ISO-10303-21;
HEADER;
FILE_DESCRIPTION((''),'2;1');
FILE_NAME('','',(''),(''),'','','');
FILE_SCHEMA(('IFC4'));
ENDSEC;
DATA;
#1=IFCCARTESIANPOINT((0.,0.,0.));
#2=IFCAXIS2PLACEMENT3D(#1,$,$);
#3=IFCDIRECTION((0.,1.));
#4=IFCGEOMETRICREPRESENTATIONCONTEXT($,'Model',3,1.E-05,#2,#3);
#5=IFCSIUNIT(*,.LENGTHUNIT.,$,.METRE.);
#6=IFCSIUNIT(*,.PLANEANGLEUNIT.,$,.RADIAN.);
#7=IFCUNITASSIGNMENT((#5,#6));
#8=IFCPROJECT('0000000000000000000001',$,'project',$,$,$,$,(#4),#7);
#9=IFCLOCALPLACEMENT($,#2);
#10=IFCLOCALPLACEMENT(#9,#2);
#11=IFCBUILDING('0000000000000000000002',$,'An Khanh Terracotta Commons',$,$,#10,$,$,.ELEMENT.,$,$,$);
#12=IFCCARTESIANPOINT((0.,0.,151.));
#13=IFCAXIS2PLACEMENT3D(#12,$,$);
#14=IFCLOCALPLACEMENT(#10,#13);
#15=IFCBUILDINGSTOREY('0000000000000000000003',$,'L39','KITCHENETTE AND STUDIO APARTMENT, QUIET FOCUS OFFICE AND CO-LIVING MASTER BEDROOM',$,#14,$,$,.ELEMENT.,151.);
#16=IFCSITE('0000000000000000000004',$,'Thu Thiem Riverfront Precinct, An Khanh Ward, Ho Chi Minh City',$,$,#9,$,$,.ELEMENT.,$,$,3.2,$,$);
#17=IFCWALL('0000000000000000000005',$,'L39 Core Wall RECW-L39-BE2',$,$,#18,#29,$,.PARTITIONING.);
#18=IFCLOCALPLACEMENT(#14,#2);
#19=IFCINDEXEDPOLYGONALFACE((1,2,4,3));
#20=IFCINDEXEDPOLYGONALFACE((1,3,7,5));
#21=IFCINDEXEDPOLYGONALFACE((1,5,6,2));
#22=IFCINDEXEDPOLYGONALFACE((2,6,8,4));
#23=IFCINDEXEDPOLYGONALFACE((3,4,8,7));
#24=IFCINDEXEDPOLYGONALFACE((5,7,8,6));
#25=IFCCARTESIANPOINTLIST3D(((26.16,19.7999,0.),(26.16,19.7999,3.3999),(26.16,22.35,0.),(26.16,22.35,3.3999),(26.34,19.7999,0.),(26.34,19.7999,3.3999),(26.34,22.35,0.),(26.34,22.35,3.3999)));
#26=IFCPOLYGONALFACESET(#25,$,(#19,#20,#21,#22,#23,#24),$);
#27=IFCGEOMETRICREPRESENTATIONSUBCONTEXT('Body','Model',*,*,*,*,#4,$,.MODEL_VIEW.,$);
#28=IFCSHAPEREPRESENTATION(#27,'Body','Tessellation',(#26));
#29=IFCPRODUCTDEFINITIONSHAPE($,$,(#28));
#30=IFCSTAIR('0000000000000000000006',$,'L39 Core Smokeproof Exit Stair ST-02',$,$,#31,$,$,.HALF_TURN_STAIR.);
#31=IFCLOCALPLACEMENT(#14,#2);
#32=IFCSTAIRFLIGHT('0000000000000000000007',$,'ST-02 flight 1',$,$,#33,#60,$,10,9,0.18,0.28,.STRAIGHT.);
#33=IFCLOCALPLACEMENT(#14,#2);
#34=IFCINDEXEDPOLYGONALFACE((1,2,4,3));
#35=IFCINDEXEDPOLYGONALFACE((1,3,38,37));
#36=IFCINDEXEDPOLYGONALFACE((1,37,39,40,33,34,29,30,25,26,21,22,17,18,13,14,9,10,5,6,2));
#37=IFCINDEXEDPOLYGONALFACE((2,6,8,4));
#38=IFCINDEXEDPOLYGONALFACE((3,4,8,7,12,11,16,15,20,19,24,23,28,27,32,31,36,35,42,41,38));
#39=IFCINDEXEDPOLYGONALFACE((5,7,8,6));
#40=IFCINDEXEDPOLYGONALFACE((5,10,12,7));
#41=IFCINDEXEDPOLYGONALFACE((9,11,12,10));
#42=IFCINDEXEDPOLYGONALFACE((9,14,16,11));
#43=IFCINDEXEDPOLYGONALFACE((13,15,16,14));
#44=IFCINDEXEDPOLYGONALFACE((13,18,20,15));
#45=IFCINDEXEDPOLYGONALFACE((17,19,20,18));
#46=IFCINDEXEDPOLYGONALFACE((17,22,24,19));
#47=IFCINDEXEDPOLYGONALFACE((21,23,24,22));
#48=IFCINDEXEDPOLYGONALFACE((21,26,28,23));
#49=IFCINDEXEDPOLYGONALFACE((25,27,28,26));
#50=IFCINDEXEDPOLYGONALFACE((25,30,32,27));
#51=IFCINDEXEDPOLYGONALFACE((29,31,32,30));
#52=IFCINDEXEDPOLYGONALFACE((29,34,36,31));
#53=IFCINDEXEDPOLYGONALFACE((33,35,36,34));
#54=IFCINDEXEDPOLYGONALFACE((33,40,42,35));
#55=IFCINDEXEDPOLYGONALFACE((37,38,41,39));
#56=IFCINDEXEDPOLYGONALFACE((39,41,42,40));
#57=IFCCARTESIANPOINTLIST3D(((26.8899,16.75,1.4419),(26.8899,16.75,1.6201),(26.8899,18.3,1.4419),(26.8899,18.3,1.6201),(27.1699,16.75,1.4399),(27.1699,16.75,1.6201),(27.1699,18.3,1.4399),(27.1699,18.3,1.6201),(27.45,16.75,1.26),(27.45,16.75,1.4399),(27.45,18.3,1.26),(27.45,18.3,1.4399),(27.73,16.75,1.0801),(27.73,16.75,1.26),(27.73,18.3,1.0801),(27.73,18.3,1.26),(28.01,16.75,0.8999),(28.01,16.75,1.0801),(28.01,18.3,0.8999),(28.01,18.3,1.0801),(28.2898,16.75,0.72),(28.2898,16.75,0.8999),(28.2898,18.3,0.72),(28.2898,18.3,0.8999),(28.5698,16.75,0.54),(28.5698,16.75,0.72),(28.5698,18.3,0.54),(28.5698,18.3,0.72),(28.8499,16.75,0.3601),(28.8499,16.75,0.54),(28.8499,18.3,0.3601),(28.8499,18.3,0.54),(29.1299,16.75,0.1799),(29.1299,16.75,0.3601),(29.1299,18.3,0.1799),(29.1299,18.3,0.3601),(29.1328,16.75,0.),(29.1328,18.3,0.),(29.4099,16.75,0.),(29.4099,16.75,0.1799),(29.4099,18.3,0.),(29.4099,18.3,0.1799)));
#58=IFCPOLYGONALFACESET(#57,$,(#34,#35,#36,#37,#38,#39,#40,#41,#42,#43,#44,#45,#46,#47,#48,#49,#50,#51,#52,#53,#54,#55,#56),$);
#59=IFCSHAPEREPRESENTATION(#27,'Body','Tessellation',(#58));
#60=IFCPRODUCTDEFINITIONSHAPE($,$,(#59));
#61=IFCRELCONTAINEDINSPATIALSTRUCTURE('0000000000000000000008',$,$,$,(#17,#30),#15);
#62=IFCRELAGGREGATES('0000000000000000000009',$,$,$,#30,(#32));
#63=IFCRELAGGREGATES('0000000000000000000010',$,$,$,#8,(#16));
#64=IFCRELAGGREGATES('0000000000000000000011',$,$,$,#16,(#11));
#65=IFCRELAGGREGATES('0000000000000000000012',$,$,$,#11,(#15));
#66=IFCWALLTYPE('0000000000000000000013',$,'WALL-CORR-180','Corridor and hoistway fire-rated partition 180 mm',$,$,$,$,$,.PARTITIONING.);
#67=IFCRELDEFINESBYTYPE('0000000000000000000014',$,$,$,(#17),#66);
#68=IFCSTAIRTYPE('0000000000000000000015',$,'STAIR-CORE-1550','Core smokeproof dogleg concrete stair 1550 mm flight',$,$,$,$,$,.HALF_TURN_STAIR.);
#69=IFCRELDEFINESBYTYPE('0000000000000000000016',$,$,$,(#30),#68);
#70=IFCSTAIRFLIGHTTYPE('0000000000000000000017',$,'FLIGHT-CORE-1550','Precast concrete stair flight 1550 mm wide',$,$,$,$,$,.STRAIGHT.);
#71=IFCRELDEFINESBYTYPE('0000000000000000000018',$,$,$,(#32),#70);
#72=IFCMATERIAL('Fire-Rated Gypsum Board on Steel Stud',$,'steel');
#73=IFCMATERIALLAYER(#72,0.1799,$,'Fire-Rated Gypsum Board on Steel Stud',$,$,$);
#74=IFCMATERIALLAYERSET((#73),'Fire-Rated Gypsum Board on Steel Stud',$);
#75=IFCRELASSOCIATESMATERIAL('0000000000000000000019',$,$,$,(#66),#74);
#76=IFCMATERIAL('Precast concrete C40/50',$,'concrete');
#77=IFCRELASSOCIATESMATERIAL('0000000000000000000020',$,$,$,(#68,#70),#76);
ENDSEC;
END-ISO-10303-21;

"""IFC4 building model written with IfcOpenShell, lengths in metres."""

from ifc_helpers import new_model, si_unit, direction, frame, frame_2d, origin, place, context, subcontext, project, spatial, polyline, rectangle, outline, extrude, material, layer, layer_set, type_object, element, aggregate, save


model = new_model("IFC4")

# Units and contexts
model_context = context("Model", 3, precision=1e-05, world=origin(), true_north=direction((0.0, 1.0)))
body_context = subcontext(model_context, "Body", "Model", "MODEL_VIEW")
ifc_project = project(units=[si_unit("LENGTHUNIT", "METRE"), si_unit("PLANEANGLEUNIT", "RADIAN")], contexts=[model_context])

# Site, building, storey
site_placement = place(None, origin())
site = spatial("IfcSite", under=ifc_project, at=site_placement, Name="Thu Thiem Riverfront Precinct, An Khanh Ward, Ho Chi Minh City", CompositionType="ELEMENT", RefElevation=3.2)
building_placement = place(site_placement, origin())
building = spatial("IfcBuilding", under=site, at=building_placement, Name="An Khanh Terracotta Commons", CompositionType="ELEMENT")
storey_placement = place(building_placement, frame((0.0, 0.0, 151.0)))
storey = spatial("IfcBuildingStorey", under=building, at=storey_placement, Name="L39", Description="KITCHENETTE AND STUDIO APARTMENT, QUIET FOCUS OFFICE AND CO-LIVING MASTER BEDROOM", CompositionType="ELEMENT", Elevation=151.0)

# Shared definitions
ifc_material_1 = material(Name="Fire-Rated Gypsum Board on Steel Stud", Category="steel")
ifc_layer = layer(ifc_material_1, 0.1799, Name="Fire-Rated Gypsum Board on Steel Stud")
ifc_layer_set = layer_set([ifc_layer], Name="Fire-Rated Gypsum Board on Steel Stud")
wall_type = type_object("IfcWallType", Name="WALL-CORR-180", Description="Corridor and hoistway fire-rated partition 180 mm", PredefinedType="PARTITIONING", material=ifc_layer_set)

# Wall
wall_1_placement = place(storey_placement, frame((26.25, 19.8, 0.0), z_axis=(0.0, 0.0, 1.0), x_axis=(0.0, 1.0, 0.0)))
element("IfcWall", 1, at=wall_1_placement, inside=storey, type_object=wall_type, Name="L39 Core Wall RECW-L39-BE2", PredefinedType="PARTITIONING", context=body_context, shape_type="SweptSolid", body=[
    extrude(rectangle(XDim=2.55, YDim=0.1799, at=frame_2d((1.2749, 0.0))), origin(), (0.0, 0.0, 1.0), 3.3999),
])

# Stair, stair flight
ifc_material_2 = material(Name="Precast concrete C40/50", Category="concrete")
stair_type = type_object("IfcStairType", Name="STAIR-CORE-1550", Description="Core smokeproof dogleg concrete stair 1550 mm flight", PredefinedType="HALF_TURN_STAIR", material=ifc_material_2)
stair_placement = place(storey_placement, origin())
stair = element("IfcStair", 2, at=stair_placement, inside=storey, type_object=stair_type, Name="L39 Core Smokeproof Exit Stair ST-02", PredefinedType="HALF_TURN_STAIR")
stair_flight_type = type_object("IfcStairFlightType", Name="FLIGHT-CORE-1550", Description="Precast concrete stair flight 1550 mm wide", PredefinedType="STRAIGHT", material=ifc_material_2)
stair_flight_placement = place(storey_placement, frame((29.4099, 17.5249, 0.0), z_axis=(0.0, 0.0, 1.0), x_axis=(-1.0, 0.0, 0.0)))
stair_flight = element("IfcStairFlight", 3, at=stair_flight_placement, type_object=stair_flight_type, Name="ST-02 flight 1", NumberOfRisers=10, NumberOfTreads=9, PredefinedType="STRAIGHT", RiserHeight=0.18, TreadLength=0.28, context=body_context, shape_type="SweptSolid", body=[
    extrude(outline(polyline([(0.0, 0.0), (0.0, 0.1799), (0.28, 0.1799), (0.28, 0.3601), (0.5601, 0.3601), (0.5601, 0.54), (0.8401, 0.54), (0.8401, 0.72), (1.1201, 0.72), (1.1201, 0.8999), (1.3999, 0.8999), (1.3999, 1.0801), (1.6799, 1.0801), (1.6799, 1.26), (1.96, 1.26), (1.96, 1.4399), (2.24, 1.4399), (2.24, 1.6201), (2.52, 1.6201), (2.52, 1.8), (2.52, 1.4419), (0.2771, 0.0), (0.0, 0.0)])), frame((0.0, 0.7749, 0.0), z_axis=(0.0, -1.0, 0.0), x_axis=(1.0, 0.0, 0.0)), (0.0, 0.0, 1.0), 1.55),
])
aggregate(stair, [stair_flight])

save(model, "model.ifc")
